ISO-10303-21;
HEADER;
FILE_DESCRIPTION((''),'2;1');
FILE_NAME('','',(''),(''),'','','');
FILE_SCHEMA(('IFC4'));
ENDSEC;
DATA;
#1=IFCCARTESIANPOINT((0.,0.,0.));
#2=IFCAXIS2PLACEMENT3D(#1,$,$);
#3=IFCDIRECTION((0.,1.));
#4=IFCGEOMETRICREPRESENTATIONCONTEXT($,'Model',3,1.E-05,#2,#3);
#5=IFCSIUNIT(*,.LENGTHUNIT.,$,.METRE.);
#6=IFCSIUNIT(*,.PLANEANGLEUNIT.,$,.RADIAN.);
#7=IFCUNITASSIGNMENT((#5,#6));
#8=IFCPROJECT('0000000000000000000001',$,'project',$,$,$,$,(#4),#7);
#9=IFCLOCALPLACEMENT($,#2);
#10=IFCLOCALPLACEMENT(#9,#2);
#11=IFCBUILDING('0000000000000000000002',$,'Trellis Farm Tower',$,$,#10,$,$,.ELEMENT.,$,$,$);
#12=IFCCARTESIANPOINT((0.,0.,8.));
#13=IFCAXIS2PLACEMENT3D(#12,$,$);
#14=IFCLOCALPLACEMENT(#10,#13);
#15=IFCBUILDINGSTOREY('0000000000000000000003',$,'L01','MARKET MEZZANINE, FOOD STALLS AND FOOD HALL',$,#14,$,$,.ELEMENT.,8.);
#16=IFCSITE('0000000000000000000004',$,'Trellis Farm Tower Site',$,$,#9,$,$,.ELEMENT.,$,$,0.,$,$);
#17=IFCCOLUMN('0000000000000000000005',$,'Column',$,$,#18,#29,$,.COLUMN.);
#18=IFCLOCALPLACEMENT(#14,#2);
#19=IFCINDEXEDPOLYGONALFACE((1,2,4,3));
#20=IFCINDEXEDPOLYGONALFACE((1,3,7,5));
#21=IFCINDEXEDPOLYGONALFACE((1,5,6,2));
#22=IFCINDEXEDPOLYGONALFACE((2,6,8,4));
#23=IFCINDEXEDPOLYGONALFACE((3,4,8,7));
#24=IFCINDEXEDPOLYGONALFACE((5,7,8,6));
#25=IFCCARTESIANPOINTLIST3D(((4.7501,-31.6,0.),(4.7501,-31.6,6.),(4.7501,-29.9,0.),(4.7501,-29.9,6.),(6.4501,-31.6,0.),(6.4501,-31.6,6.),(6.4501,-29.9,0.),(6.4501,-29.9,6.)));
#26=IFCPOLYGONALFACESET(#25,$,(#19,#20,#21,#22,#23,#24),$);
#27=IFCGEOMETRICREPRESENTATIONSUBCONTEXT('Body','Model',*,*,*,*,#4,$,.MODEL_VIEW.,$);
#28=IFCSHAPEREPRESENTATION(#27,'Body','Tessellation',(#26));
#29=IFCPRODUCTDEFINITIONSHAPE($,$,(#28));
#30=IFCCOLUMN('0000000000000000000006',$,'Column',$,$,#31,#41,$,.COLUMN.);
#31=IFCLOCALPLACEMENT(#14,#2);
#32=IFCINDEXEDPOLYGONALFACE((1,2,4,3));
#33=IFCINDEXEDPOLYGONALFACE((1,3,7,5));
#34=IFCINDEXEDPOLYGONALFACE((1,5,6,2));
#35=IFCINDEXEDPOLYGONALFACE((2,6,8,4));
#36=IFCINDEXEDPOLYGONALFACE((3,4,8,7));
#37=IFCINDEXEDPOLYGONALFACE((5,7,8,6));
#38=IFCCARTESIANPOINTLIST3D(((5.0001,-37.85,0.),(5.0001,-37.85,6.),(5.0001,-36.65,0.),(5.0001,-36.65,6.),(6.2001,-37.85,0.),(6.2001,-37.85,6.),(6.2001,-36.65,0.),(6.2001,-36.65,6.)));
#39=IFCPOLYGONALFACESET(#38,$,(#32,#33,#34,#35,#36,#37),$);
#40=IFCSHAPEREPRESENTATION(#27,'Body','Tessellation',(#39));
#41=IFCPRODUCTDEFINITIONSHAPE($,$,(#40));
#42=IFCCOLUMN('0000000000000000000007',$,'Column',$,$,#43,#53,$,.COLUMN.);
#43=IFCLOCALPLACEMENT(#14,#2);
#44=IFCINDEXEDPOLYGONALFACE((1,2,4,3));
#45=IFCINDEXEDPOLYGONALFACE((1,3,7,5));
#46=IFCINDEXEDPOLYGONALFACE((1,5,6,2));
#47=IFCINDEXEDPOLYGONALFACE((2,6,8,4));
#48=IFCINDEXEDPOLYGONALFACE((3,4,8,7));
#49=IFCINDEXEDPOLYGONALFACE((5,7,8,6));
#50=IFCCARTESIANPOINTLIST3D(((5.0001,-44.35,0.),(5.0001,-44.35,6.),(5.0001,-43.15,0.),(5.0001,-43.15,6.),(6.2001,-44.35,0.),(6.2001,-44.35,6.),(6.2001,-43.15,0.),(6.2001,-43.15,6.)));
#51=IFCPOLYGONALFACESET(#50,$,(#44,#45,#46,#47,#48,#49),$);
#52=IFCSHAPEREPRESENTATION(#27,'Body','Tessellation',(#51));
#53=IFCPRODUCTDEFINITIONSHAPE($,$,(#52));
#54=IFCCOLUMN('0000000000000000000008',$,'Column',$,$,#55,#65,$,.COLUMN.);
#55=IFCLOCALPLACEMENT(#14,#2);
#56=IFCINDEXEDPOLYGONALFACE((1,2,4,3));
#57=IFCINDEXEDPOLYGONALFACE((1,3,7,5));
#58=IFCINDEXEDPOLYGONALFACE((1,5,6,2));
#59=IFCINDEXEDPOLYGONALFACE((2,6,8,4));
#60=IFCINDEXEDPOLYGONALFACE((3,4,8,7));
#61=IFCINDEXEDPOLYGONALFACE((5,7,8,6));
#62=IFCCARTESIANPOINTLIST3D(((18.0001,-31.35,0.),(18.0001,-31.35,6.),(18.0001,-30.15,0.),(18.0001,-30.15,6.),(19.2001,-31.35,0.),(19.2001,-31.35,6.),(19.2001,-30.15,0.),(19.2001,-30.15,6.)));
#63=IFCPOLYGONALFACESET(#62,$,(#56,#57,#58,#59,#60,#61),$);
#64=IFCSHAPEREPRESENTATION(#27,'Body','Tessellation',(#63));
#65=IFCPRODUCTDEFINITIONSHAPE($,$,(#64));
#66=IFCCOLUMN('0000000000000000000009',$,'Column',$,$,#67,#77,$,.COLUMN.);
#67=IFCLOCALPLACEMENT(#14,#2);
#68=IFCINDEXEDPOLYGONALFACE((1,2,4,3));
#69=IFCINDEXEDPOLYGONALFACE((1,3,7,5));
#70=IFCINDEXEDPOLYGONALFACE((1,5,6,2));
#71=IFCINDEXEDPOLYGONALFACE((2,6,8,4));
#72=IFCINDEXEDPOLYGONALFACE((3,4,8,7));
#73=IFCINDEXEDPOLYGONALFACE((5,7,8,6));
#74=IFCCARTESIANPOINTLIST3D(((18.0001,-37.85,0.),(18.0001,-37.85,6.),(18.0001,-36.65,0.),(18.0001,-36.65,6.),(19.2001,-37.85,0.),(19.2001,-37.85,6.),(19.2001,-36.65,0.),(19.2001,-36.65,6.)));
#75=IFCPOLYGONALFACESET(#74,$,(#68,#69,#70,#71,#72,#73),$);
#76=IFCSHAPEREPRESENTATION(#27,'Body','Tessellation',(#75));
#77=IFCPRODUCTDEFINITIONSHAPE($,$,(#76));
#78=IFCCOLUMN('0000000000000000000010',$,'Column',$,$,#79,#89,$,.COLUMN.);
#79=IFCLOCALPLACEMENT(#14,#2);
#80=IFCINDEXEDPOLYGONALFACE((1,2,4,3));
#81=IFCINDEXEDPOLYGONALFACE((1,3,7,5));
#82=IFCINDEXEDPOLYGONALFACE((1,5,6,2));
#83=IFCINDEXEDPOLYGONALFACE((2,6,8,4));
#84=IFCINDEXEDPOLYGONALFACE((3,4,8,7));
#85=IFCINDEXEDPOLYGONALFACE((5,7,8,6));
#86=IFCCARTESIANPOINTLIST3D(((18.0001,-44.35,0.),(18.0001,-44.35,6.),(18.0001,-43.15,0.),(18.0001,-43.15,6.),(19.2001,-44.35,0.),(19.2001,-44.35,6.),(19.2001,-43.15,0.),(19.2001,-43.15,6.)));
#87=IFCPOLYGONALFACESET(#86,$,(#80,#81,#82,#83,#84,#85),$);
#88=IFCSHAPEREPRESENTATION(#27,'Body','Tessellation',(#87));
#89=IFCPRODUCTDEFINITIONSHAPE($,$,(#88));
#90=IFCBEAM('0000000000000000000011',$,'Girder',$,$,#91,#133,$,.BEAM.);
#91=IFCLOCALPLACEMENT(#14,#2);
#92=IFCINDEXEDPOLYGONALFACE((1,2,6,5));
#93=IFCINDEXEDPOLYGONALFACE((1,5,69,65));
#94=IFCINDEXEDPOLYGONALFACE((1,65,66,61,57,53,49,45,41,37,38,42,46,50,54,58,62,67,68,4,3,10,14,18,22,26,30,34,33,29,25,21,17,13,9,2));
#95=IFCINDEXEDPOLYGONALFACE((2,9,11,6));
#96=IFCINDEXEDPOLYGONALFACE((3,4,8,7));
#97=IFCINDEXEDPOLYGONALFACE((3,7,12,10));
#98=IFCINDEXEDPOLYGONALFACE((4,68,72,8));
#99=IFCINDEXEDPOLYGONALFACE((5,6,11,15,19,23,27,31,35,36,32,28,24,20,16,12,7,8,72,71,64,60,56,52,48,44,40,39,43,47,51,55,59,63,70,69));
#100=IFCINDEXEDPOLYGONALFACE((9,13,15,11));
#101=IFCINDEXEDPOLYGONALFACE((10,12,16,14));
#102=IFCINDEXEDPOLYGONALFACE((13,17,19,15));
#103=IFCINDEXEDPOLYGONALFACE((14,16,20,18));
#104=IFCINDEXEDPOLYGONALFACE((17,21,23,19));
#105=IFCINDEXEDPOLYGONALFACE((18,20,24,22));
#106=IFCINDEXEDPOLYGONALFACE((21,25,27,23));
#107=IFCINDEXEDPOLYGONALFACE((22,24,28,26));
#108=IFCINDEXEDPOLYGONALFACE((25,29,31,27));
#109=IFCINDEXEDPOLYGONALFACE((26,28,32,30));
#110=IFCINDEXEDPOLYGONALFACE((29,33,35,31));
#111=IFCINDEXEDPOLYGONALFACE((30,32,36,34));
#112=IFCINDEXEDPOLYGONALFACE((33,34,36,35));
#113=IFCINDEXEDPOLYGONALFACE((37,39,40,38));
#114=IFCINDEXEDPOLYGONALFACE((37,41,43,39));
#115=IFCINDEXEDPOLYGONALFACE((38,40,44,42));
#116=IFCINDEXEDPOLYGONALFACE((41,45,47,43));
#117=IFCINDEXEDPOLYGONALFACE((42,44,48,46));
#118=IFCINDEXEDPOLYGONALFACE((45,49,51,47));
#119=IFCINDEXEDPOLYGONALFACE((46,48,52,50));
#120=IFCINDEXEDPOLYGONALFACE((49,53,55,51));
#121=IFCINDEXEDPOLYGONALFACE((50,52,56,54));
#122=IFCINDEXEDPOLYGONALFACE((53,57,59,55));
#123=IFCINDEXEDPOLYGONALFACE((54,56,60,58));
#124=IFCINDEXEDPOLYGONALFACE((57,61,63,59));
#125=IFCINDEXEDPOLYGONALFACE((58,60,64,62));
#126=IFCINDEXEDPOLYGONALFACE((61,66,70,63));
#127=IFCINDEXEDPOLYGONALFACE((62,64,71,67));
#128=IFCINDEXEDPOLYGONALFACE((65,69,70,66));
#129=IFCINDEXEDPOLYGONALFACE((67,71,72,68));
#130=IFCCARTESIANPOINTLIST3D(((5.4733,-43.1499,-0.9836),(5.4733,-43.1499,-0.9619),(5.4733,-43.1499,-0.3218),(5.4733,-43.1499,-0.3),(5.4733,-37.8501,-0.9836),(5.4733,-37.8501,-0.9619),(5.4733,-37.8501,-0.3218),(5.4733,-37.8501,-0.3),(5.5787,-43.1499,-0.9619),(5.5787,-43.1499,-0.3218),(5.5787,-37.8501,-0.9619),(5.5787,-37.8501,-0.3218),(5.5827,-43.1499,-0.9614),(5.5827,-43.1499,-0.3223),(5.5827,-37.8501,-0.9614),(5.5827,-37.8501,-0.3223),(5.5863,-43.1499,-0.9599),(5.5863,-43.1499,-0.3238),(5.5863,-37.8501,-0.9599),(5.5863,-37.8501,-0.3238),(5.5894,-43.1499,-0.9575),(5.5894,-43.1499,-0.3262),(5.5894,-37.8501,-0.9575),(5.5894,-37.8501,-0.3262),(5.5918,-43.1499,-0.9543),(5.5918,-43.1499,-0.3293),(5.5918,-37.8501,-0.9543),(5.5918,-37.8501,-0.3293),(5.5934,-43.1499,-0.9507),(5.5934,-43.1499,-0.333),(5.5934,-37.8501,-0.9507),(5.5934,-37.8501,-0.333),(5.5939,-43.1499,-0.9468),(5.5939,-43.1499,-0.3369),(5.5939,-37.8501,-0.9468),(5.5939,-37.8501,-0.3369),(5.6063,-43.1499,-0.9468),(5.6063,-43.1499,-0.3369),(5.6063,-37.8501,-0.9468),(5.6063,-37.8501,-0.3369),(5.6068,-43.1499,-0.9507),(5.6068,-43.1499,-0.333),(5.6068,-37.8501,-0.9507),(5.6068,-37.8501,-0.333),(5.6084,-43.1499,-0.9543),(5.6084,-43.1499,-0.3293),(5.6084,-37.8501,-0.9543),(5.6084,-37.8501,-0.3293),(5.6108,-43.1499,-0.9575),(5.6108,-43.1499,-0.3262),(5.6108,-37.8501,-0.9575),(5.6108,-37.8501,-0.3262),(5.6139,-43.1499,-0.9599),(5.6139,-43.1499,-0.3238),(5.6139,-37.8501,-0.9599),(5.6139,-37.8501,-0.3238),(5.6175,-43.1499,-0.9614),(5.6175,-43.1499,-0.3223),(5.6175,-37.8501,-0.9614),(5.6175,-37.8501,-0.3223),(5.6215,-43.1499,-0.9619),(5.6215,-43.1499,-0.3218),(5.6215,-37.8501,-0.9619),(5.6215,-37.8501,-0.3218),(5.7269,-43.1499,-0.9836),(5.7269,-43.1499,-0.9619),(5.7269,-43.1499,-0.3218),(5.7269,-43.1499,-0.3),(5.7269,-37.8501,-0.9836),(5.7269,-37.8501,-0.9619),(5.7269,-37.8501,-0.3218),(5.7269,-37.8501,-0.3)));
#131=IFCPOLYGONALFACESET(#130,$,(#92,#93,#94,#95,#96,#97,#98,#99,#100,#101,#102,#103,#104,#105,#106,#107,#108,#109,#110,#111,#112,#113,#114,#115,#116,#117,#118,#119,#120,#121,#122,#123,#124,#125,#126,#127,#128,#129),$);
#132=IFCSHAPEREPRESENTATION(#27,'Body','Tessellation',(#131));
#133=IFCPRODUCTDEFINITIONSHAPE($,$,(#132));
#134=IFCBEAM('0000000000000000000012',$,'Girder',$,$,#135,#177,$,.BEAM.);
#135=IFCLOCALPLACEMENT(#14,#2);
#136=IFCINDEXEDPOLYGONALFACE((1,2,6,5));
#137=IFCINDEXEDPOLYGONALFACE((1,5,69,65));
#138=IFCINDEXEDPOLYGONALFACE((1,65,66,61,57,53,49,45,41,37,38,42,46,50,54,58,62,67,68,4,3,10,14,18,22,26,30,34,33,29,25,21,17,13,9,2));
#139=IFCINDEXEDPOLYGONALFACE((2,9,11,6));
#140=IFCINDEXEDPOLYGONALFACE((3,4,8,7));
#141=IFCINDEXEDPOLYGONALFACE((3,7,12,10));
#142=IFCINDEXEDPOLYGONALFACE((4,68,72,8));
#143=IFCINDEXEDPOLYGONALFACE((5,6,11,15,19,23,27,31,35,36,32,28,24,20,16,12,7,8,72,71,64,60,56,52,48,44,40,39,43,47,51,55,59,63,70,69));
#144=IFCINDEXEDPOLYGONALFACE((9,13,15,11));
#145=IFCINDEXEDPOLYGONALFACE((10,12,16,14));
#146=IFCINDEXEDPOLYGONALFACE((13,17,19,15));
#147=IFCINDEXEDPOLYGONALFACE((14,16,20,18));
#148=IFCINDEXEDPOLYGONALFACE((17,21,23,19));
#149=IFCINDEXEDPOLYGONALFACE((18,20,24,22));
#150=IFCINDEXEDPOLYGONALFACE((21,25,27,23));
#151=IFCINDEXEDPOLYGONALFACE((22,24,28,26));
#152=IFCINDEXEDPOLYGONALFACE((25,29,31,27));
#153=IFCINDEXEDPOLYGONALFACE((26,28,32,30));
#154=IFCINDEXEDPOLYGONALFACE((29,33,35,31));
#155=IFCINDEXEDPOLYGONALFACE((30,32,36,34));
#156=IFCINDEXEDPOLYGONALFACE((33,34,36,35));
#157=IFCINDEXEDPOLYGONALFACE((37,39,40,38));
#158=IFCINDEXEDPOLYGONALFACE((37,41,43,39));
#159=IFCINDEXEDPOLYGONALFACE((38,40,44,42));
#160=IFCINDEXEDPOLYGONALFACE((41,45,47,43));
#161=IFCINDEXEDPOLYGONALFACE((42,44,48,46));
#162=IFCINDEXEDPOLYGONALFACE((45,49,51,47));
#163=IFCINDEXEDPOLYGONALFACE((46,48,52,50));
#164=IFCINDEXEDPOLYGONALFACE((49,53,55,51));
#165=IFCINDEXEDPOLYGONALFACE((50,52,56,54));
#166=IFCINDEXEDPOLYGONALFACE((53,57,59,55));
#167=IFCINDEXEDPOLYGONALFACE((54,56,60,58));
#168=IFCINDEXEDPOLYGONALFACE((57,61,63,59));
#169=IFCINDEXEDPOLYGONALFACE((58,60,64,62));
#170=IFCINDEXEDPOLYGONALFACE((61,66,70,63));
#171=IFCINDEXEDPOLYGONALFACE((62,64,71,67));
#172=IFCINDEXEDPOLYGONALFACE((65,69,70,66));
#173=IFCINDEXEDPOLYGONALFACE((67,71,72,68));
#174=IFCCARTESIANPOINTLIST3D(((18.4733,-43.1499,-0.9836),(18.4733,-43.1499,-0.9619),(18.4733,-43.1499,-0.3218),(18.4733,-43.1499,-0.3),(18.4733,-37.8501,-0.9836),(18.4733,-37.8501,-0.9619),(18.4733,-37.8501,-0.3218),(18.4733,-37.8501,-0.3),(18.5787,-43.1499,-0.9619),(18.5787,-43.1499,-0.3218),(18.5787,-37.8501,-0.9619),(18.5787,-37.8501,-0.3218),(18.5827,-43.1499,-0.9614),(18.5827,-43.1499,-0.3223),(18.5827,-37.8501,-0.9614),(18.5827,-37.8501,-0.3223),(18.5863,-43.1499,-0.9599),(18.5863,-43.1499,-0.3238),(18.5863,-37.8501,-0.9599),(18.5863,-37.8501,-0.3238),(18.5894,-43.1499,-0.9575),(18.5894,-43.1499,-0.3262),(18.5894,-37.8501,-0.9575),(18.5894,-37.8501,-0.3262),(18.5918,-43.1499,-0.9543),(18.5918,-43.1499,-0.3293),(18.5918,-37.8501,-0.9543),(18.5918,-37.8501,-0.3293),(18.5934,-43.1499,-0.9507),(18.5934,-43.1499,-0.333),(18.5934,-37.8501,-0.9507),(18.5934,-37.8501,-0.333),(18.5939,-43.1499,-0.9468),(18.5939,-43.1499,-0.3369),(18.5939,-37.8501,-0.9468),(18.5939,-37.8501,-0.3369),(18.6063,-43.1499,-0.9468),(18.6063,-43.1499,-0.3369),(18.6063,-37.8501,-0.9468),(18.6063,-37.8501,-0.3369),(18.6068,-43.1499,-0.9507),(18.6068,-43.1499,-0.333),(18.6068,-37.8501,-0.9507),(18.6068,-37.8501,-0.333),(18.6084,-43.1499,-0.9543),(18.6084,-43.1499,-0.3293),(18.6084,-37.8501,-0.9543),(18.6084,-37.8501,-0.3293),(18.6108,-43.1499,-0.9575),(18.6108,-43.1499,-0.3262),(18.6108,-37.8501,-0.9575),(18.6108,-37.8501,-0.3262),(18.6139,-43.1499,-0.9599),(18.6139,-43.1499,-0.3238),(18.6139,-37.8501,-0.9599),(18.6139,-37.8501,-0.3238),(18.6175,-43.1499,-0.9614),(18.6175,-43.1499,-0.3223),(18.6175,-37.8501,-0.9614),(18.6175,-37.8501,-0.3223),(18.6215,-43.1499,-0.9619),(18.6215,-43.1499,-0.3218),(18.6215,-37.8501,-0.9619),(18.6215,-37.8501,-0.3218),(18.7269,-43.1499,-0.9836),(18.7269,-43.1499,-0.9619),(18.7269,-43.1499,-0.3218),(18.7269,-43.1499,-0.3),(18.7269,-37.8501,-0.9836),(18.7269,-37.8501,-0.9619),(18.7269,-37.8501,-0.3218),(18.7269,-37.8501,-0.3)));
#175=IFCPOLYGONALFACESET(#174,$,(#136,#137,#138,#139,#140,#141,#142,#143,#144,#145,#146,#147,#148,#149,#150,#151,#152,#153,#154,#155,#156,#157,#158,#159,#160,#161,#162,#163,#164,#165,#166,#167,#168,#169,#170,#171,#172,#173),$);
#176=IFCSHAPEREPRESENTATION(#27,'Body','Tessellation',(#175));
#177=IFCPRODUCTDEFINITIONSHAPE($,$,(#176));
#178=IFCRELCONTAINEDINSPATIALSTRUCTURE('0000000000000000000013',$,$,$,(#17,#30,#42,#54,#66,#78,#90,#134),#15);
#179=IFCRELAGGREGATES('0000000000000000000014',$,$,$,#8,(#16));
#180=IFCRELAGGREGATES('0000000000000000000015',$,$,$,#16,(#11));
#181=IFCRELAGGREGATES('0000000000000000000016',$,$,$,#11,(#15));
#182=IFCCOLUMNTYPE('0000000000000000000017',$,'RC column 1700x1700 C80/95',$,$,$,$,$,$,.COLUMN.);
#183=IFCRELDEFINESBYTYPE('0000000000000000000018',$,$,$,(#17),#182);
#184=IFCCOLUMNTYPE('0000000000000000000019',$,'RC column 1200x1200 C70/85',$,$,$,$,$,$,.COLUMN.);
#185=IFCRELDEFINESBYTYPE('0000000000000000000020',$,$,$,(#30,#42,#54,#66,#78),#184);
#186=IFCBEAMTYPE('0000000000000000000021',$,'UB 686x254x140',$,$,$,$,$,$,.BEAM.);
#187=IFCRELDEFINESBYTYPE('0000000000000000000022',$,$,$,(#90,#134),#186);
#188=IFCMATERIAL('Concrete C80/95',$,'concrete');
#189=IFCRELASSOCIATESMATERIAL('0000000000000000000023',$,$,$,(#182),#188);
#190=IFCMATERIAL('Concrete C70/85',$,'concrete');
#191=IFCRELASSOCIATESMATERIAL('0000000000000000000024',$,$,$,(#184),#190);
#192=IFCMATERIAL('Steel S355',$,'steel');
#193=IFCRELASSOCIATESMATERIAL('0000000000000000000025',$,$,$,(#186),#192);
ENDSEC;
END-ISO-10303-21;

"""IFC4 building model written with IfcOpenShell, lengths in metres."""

from ifc_helpers import new_model, si_unit, direction, frame, origin, origin_2d, place, context, subcontext, project, spatial, rectangle, i_section, extrude, source, transform, mapped, material, material_profile, profile_set, type_object, element, save


model = new_model("IFC4")

# Units and contexts
model_context = context("Model", 3, precision=1e-05, world=origin(), true_north=direction((0.0, 1.0)))
body_context = subcontext(model_context, "Body", "Model", "MODEL_VIEW")
ifc_project = project(units=[si_unit("LENGTHUNIT", "METRE"), si_unit("PLANEANGLEUNIT", "RADIAN")], contexts=[model_context])

# Site, building, storey
site_placement = place(None, origin())
site = spatial("IfcSite", under=ifc_project, at=site_placement, Name="Trellis Farm Tower Site", CompositionType="ELEMENT", RefElevation=0.0)
building_placement = place(site_placement, origin())
building = spatial("IfcBuilding", under=site, at=building_placement, Name="Trellis Farm Tower", CompositionType="ELEMENT")
storey_placement = place(building_placement, frame((0.0, 0.0, 8.0)))
storey = spatial("IfcBuildingStorey", under=building, at=storey_placement, Name="L01", Description="MARKET MEZZANINE, FOOD STALLS AND FOOD HALL", CompositionType="ELEMENT", Elevation=8.0)

# Columns
ifc_material_1 = material(Name="Concrete C80/95", Category="concrete")
ifc_material_profile_1 = material_profile(ifc_material_1, rectangle(XDim=1.7, YDim=1.7, at=origin_2d()), Name="RC column 1700x1700 C80/95")
ifc_profile_set_1 = profile_set([ifc_material_profile_1], Name="Concrete C80/95")
column_type_1 = type_object("IfcColumnType", Name="RC column 1700x1700 C80/95", PredefinedType="COLUMN", material=ifc_profile_set_1)
shared_shape_1 = source(origin(), body_context, "Body", "SweptSolid", [
    extrude(rectangle(XDim=1.7, YDim=1.7, at=origin_2d()), origin(), (0.0, 0.0, 1.0), 6.0),
])
column_placement = place(storey_placement, frame((5.6001, -30.75, 0.0), z_axis=(0.0, 0.0, 1.0), x_axis=(1.0, 0.0, 0.0)))
element("IfcColumn", 1, at=column_placement, inside=storey, type_object=column_type_1, Name="Column", PredefinedType="COLUMN", context=body_context, shape_type="MappedRepresentation", body=[
    mapped(shared_shape_1, transform((0.0, 0.0, 0.0))),
])
ifc_material_2 = material(Name="Concrete C70/85", Category="concrete")
ifc_material_profile_2 = material_profile(ifc_material_2, rectangle(XDim=1.2, YDim=1.2, at=origin_2d()), Name="RC column 1200x1200 C70/85")
ifc_profile_set_2 = profile_set([ifc_material_profile_2], Name="Concrete C70/85")
column_type_2 = type_object("IfcColumnType", Name="RC column 1200x1200 C70/85", PredefinedType="COLUMN", material=ifc_profile_set_2)
shared_shape_2 = source(origin(), body_context, "Body", "SweptSolid", [
    extrude(rectangle(XDim=1.2, YDim=1.2, at=origin_2d()), origin(), (0.0, 0.0, 1.0), 6.0),
])
for number, where, z_axis, x_axis, name in (
    (2, (5.6001, -37.25, 0.0), (0.0, 0.0, 1.0), (1.0, 0.0, 0.0), "Column"),
    (3, (5.6001, -43.75, 0.0), (0.0, 0.0, 1.0), (1.0, 0.0, 0.0), "Column"),
    (4, (18.6001, -30.75, 0.0), (0.0, 0.0, 1.0), (1.0, 0.0, 0.0), "Column"),
    (5, (18.6001, -37.25, 0.0), (0.0, 0.0, 1.0), (1.0, 0.0, 0.0), "Column"),
    (6, (18.6001, -43.75, 0.0), (0.0, 0.0, 1.0), (1.0, 0.0, 0.0), "Column"),
):
    element("IfcColumn", number, at=place(storey_placement, frame(where, z_axis=z_axis, x_axis=x_axis)), inside=storey, type_object=column_type_2, Name=name, PredefinedType="COLUMN", context=body_context, shape_type="MappedRepresentation", body=[
        mapped(shared_shape_2, transform((0.0, 0.0, 0.0))),
    ])

# Beams
ifc_material_3 = material(Name="Steel S355", Category="steel")
ifc_material_profile_3 = material_profile(ifc_material_3, i_section(OverallWidth=0.2537, OverallDepth=0.6836, WebThickness=0.0125, FlangeThickness=0.0217, FilletRadius=0.0151, at=origin_2d()), Name="UB 686x254x140")
ifc_profile_set_3 = profile_set([ifc_material_profile_3], Name="Steel S355")
beam_type_1 = type_object("IfcBeamType", Name="UB 686x254x140", PredefinedType="BEAM", material=ifc_profile_set_3)
shared_shape_3 = source(origin(), body_context, "Body", "SweptSolid", [
    extrude(i_section(OverallWidth=0.2537, OverallDepth=0.6836, WebThickness=0.0125, FlangeThickness=0.0217, FilletRadius=0.0151, at=origin_2d()), origin(), (0.0, 0.0, 1.0), 5.2998),
])
for number, where, z_axis, x_axis, name in (
    (7, (5.6001, -43.1499, -0.6418), (0.0, 1.0, 0.0), (-1.0, 0.0, 0.0), "Girder"),
    (8, (18.6001, -43.1499, -0.6418), (0.0, 1.0, 0.0), (-1.0, 0.0, 0.0), "Girder"),
):
    element("IfcBeam", number, at=place(storey_placement, frame(where, z_axis=z_axis, x_axis=x_axis)), inside=storey, type_object=beam_type_1, Name=name, PredefinedType="BEAM", context=body_context, shape_type="MappedRepresentation", body=[
        mapped(shared_shape_3, transform((0.0, 0.0, 0.0))),
    ])

save(model, "model.ifc")
